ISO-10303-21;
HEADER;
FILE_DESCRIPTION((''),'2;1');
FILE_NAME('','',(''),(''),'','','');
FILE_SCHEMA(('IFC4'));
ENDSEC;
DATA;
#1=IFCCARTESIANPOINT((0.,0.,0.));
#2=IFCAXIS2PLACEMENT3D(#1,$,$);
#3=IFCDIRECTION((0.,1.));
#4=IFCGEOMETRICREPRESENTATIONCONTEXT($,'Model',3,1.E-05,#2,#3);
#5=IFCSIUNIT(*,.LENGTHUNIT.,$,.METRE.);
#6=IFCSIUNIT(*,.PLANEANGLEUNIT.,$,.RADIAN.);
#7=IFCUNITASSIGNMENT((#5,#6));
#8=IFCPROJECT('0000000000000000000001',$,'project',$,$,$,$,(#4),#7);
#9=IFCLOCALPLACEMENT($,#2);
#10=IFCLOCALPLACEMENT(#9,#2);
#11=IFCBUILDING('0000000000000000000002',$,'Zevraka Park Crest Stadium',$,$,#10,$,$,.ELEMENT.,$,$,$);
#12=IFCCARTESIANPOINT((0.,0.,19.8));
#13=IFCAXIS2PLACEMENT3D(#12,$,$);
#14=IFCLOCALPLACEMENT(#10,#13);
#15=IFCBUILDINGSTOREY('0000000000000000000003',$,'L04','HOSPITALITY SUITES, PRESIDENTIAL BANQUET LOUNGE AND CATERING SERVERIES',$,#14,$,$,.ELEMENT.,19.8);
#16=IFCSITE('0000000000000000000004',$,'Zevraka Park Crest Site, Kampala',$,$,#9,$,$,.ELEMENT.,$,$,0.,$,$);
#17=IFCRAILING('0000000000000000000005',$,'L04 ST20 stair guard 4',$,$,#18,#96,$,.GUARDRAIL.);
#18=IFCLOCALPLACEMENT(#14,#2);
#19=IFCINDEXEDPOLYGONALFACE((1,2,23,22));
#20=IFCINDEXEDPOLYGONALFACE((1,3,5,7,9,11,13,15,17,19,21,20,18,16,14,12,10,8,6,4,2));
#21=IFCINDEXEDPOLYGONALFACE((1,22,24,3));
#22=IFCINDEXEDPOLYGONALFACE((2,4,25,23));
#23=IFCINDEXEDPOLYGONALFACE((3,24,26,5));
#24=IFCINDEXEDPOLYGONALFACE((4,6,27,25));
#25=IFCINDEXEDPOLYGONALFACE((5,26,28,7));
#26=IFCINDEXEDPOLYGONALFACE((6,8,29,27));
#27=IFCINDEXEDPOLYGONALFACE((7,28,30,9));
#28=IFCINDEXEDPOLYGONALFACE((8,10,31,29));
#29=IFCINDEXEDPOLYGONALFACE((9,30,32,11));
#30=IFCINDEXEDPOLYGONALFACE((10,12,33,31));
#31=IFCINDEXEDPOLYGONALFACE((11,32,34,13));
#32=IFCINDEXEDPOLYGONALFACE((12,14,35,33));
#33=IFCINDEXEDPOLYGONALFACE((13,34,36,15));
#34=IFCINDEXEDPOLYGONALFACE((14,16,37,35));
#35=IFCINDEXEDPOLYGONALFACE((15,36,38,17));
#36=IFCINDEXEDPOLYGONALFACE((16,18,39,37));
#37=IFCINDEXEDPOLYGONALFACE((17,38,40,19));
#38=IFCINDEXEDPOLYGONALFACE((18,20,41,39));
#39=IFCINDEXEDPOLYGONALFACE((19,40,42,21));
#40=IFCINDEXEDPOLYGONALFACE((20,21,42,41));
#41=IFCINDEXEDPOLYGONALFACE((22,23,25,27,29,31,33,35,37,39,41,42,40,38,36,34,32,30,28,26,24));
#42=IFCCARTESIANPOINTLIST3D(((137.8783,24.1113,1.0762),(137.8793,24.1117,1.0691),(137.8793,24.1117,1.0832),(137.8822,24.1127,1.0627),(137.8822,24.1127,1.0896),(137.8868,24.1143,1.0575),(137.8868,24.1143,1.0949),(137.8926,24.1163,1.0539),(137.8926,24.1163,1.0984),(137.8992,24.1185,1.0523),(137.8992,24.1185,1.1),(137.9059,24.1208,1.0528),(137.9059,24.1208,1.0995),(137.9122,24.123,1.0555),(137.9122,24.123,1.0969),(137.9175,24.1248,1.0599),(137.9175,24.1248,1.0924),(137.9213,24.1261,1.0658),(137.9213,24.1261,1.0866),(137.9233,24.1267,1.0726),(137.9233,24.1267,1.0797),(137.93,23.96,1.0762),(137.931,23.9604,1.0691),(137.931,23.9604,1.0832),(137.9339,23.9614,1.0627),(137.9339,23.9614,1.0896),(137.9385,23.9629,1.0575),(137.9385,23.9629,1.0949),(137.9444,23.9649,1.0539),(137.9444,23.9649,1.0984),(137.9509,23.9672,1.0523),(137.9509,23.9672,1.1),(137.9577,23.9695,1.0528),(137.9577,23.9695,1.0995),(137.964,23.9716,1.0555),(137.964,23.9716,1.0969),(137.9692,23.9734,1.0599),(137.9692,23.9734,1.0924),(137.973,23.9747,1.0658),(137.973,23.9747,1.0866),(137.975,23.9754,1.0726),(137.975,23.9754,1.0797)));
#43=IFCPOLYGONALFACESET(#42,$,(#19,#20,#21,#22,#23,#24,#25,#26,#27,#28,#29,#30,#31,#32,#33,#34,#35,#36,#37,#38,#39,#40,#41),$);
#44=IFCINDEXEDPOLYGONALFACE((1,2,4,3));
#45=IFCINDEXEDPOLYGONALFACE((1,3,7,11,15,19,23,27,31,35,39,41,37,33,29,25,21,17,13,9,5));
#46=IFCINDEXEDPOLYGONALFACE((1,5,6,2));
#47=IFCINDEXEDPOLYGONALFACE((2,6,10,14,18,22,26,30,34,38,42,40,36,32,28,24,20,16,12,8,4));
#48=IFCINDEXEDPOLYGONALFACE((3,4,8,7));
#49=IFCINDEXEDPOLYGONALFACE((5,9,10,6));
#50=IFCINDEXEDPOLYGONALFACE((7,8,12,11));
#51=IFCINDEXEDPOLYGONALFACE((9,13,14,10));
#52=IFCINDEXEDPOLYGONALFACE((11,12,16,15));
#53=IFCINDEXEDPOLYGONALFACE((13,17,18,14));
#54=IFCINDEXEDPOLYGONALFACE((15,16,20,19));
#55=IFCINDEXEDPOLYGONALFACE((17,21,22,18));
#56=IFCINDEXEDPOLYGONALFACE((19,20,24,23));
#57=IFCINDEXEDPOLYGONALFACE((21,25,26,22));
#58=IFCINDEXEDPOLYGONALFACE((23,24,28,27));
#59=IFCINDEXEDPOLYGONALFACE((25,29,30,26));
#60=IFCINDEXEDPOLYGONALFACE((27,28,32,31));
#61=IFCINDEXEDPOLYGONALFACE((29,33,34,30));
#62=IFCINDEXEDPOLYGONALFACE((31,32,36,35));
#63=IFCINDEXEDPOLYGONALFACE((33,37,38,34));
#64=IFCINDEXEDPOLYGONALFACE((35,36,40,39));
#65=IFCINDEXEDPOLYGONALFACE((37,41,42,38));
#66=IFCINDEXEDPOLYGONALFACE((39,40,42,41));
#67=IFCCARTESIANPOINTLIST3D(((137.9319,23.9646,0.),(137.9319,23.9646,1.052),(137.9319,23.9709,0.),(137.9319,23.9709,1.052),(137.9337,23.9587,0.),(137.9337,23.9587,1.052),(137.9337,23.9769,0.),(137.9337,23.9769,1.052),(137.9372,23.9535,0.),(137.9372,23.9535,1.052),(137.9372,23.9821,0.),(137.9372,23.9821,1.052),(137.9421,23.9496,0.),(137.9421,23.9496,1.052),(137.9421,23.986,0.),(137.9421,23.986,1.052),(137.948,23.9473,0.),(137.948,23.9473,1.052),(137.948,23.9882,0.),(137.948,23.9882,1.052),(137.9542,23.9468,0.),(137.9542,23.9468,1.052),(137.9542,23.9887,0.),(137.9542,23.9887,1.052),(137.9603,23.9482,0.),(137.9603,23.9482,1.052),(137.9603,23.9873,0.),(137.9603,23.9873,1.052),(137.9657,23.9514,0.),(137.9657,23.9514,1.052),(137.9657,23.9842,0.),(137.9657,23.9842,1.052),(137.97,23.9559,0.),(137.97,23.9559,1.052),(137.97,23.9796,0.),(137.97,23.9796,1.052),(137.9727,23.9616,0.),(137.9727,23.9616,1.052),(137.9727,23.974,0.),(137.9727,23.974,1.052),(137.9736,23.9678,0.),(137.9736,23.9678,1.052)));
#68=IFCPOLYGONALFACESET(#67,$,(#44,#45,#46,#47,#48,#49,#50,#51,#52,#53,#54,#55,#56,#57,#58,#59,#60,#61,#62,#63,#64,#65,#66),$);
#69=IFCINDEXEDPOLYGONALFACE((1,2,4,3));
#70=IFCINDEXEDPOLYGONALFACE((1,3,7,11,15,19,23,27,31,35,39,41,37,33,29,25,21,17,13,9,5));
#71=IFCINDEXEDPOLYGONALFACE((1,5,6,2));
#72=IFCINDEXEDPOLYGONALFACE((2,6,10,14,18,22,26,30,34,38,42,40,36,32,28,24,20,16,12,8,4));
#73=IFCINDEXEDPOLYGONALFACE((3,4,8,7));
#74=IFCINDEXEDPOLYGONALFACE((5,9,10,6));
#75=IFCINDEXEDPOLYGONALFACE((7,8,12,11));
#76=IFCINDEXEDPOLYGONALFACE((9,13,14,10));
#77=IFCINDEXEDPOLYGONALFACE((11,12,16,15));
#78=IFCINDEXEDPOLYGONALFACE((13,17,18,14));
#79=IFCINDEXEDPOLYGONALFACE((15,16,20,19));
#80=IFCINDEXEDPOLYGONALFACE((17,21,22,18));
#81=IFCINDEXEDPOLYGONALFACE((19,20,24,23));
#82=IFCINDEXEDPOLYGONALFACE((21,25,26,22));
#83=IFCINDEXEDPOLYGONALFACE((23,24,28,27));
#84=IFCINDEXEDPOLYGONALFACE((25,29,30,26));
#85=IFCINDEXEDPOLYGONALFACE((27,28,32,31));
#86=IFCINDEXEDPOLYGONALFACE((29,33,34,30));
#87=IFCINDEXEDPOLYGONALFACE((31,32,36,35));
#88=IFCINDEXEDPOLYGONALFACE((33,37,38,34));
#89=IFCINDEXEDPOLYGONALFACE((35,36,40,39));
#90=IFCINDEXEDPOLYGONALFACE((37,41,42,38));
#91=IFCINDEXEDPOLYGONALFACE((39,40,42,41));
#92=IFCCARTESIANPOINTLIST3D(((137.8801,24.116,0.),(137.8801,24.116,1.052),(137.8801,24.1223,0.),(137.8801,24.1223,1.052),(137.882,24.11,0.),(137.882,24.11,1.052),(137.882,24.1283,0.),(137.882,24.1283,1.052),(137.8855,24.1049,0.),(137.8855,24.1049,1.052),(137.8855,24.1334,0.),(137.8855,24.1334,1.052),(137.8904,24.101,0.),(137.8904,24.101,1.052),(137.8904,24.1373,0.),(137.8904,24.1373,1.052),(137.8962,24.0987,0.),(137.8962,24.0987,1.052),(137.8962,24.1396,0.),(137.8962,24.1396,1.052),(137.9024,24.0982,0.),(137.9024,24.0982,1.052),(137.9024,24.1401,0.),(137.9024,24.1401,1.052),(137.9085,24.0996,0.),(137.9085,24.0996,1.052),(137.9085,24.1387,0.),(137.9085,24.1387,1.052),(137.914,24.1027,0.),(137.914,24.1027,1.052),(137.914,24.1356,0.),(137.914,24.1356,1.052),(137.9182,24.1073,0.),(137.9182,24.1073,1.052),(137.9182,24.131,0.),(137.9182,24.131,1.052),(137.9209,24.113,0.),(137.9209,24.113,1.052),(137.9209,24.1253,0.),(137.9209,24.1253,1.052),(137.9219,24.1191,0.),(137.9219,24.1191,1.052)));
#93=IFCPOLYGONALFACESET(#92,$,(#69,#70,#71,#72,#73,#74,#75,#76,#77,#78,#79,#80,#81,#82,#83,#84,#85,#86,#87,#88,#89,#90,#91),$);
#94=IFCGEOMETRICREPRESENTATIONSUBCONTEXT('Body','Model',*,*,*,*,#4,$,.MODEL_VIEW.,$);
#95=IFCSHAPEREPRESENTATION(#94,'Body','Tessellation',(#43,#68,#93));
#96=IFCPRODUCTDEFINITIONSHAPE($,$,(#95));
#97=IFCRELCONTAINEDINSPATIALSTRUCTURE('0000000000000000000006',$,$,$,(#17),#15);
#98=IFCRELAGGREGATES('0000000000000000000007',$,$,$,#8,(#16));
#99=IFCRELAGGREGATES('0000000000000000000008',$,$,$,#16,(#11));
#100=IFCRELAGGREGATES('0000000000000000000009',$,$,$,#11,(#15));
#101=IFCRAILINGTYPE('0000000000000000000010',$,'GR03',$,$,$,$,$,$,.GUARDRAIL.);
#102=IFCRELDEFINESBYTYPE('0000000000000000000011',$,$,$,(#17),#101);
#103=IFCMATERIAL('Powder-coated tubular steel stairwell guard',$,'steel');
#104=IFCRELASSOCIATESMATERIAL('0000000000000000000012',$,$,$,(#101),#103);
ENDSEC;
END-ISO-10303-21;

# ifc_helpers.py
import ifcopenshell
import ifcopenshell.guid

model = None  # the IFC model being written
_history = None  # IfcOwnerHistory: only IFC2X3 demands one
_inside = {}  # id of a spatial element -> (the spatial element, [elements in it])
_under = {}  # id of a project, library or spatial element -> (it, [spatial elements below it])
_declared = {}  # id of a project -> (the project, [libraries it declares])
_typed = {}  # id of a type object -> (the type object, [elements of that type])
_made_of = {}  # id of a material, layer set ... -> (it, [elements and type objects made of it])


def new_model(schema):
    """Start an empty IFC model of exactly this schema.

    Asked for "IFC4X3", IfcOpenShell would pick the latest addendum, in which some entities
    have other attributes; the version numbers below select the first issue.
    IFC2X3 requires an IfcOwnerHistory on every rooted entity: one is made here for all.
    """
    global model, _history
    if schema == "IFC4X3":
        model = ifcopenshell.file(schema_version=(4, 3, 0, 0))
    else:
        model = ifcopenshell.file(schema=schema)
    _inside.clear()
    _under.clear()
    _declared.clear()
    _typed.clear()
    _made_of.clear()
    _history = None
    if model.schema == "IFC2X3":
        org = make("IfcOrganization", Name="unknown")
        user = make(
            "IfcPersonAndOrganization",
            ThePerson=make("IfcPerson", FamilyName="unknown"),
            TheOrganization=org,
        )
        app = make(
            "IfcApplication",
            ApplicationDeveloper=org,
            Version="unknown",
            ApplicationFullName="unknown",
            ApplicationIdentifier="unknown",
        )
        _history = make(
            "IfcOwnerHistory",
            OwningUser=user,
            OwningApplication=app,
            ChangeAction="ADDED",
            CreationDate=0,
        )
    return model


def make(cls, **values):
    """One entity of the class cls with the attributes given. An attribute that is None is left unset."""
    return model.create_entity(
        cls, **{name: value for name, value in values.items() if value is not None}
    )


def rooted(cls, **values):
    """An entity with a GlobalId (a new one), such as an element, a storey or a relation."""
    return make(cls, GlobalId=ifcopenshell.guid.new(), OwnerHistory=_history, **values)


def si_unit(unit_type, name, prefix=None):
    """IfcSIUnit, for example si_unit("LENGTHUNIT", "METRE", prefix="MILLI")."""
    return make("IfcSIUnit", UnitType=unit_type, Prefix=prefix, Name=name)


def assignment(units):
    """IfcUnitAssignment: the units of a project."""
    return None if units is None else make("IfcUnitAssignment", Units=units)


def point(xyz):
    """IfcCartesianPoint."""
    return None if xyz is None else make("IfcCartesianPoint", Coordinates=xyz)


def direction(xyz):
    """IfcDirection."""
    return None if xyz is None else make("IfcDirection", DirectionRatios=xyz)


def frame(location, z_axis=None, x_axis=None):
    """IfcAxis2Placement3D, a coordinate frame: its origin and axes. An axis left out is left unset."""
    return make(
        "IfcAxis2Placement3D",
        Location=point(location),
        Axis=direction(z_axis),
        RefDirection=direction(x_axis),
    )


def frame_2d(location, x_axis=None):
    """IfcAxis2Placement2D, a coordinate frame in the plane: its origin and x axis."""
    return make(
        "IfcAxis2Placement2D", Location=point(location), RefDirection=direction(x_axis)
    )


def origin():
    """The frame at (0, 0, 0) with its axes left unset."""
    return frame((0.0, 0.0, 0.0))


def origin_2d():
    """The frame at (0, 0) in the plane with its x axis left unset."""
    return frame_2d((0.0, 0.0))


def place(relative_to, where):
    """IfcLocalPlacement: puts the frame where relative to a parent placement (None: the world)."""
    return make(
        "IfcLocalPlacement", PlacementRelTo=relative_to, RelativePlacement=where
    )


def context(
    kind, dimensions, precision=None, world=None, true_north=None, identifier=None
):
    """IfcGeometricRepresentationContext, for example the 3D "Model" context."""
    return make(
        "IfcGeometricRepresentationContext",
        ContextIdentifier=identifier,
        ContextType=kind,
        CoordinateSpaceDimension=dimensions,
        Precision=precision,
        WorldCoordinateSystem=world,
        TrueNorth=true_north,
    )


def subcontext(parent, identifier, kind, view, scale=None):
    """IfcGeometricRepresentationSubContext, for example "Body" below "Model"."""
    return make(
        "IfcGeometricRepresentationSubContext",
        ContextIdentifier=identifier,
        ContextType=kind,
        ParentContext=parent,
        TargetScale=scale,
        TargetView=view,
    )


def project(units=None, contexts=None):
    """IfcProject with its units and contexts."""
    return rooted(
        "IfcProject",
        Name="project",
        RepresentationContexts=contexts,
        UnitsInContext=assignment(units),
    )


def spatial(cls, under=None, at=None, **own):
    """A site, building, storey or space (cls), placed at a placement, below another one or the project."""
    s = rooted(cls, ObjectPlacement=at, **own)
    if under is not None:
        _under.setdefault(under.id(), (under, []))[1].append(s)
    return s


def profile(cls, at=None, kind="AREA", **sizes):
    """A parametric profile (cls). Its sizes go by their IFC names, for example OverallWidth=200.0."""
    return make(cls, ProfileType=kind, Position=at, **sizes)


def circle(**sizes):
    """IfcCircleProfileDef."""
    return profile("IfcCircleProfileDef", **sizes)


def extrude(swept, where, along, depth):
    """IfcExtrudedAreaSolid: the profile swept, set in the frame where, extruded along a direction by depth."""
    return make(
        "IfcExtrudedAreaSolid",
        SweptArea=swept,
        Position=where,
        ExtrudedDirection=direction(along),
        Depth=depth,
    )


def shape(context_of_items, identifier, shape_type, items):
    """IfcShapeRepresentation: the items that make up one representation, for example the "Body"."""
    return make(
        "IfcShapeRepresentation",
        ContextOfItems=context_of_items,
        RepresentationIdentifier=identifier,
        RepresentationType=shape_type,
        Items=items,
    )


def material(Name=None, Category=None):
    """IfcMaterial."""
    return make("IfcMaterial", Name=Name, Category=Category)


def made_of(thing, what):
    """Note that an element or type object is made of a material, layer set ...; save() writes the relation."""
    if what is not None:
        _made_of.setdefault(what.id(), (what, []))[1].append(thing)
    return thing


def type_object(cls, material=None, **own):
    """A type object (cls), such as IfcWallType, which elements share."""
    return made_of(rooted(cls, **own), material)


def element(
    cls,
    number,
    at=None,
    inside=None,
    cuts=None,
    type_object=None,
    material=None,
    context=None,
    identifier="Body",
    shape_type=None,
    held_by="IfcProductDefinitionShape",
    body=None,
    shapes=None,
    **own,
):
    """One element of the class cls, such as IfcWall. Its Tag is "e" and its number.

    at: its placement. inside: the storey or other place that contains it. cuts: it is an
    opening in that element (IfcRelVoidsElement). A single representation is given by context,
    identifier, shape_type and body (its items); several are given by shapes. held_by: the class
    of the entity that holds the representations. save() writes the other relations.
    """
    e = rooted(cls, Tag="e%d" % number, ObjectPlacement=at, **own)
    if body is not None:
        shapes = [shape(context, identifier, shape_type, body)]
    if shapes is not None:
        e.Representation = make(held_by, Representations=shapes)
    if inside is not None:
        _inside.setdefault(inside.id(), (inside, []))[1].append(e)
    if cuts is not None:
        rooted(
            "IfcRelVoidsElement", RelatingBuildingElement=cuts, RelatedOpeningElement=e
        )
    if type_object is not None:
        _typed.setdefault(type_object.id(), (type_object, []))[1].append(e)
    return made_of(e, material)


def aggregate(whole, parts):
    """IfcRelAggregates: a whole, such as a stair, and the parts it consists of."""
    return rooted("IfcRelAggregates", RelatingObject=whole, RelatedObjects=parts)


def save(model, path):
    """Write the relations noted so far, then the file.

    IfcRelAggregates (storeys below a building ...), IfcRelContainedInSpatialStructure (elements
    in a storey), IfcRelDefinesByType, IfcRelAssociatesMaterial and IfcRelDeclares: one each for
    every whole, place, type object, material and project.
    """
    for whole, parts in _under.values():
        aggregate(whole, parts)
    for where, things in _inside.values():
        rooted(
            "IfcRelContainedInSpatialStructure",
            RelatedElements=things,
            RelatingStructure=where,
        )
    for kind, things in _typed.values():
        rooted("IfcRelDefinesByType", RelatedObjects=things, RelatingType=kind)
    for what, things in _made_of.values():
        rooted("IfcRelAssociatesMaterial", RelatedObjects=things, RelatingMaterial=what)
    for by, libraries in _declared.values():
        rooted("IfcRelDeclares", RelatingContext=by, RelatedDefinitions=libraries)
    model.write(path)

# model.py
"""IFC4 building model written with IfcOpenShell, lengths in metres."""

from ifc_helpers import new_model, si_unit, direction, frame, origin, origin_2d, place, context, subcontext, project, spatial, circle, extrude, material, type_object, element, save


model = new_model("IFC4")

# Units and contexts
model_context = context("Model", 3, precision=1e-05, world=origin(), true_north=direction((0.0, 1.0)))
body_context = subcontext(model_context, "Body", "Model", "MODEL_VIEW")
ifc_project = project(units=[si_unit("LENGTHUNIT", "METRE"), si_unit("PLANEANGLEUNIT", "RADIAN")], contexts=[model_context])

# Site, building, storey
site_placement = place(None, origin())
site = spatial("IfcSite", under=ifc_project, at=site_placement, Name="Zevraka Park Crest Site, Kampala", CompositionType="ELEMENT", RefElevation=0.0)
building_placement = place(site_placement, origin())
building = spatial("IfcBuilding", under=site, at=building_placement, Name="Zevraka Park Crest Stadium", CompositionType="ELEMENT")
storey_placement = place(building_placement, frame((0.0, 0.0, 19.8)))
storey = spatial("IfcBuildingStorey", under=building, at=storey_placement, Name="L04", Description="HOSPITALITY SUITES, PRESIDENTIAL BANQUET LOUNGE AND CATERING SERVERIES", CompositionType="ELEMENT", Elevation=19.8)

# Railing
ifc_material_1 = material(Name="Powder-coated tubular steel stairwell guard", Category="steel")
railing_type_1 = type_object("IfcRailingType", Name="GR03", PredefinedType="GUARDRAIL", material=ifc_material_1)
railing_1_placement = place(storey_placement, frame((137.9526, 23.9678, 0.0)))
element("IfcRailing", 1, at=railing_1_placement, inside=storey, type_object=railing_type_1, Name="L04 ST20 stair guard 4", PredefinedType="GUARDRAIL", context=body_context, shape_type="SweptSolid", body=[
    extrude(circle(Radius=0.0239, at=origin_2d()), frame((0.0, 0.0, 1.0762), z_axis=(-0.323544, 0.946213, 0.0), x_axis=(-0.946213, -0.323544, 0.0)), (0.0, 0.0, 1.0), 0.1599),
    extrude(circle(Radius=0.021, at=origin_2d()), origin(), (0.0, 0.0, 1.0), 1.052),
    extrude(circle(Radius=0.021, at=origin_2d()), frame((-0.0518, 0.1514, 0.0)), (0.0, 0.0, 1.0), 1.052),
])

save(model, "model.ifc")
